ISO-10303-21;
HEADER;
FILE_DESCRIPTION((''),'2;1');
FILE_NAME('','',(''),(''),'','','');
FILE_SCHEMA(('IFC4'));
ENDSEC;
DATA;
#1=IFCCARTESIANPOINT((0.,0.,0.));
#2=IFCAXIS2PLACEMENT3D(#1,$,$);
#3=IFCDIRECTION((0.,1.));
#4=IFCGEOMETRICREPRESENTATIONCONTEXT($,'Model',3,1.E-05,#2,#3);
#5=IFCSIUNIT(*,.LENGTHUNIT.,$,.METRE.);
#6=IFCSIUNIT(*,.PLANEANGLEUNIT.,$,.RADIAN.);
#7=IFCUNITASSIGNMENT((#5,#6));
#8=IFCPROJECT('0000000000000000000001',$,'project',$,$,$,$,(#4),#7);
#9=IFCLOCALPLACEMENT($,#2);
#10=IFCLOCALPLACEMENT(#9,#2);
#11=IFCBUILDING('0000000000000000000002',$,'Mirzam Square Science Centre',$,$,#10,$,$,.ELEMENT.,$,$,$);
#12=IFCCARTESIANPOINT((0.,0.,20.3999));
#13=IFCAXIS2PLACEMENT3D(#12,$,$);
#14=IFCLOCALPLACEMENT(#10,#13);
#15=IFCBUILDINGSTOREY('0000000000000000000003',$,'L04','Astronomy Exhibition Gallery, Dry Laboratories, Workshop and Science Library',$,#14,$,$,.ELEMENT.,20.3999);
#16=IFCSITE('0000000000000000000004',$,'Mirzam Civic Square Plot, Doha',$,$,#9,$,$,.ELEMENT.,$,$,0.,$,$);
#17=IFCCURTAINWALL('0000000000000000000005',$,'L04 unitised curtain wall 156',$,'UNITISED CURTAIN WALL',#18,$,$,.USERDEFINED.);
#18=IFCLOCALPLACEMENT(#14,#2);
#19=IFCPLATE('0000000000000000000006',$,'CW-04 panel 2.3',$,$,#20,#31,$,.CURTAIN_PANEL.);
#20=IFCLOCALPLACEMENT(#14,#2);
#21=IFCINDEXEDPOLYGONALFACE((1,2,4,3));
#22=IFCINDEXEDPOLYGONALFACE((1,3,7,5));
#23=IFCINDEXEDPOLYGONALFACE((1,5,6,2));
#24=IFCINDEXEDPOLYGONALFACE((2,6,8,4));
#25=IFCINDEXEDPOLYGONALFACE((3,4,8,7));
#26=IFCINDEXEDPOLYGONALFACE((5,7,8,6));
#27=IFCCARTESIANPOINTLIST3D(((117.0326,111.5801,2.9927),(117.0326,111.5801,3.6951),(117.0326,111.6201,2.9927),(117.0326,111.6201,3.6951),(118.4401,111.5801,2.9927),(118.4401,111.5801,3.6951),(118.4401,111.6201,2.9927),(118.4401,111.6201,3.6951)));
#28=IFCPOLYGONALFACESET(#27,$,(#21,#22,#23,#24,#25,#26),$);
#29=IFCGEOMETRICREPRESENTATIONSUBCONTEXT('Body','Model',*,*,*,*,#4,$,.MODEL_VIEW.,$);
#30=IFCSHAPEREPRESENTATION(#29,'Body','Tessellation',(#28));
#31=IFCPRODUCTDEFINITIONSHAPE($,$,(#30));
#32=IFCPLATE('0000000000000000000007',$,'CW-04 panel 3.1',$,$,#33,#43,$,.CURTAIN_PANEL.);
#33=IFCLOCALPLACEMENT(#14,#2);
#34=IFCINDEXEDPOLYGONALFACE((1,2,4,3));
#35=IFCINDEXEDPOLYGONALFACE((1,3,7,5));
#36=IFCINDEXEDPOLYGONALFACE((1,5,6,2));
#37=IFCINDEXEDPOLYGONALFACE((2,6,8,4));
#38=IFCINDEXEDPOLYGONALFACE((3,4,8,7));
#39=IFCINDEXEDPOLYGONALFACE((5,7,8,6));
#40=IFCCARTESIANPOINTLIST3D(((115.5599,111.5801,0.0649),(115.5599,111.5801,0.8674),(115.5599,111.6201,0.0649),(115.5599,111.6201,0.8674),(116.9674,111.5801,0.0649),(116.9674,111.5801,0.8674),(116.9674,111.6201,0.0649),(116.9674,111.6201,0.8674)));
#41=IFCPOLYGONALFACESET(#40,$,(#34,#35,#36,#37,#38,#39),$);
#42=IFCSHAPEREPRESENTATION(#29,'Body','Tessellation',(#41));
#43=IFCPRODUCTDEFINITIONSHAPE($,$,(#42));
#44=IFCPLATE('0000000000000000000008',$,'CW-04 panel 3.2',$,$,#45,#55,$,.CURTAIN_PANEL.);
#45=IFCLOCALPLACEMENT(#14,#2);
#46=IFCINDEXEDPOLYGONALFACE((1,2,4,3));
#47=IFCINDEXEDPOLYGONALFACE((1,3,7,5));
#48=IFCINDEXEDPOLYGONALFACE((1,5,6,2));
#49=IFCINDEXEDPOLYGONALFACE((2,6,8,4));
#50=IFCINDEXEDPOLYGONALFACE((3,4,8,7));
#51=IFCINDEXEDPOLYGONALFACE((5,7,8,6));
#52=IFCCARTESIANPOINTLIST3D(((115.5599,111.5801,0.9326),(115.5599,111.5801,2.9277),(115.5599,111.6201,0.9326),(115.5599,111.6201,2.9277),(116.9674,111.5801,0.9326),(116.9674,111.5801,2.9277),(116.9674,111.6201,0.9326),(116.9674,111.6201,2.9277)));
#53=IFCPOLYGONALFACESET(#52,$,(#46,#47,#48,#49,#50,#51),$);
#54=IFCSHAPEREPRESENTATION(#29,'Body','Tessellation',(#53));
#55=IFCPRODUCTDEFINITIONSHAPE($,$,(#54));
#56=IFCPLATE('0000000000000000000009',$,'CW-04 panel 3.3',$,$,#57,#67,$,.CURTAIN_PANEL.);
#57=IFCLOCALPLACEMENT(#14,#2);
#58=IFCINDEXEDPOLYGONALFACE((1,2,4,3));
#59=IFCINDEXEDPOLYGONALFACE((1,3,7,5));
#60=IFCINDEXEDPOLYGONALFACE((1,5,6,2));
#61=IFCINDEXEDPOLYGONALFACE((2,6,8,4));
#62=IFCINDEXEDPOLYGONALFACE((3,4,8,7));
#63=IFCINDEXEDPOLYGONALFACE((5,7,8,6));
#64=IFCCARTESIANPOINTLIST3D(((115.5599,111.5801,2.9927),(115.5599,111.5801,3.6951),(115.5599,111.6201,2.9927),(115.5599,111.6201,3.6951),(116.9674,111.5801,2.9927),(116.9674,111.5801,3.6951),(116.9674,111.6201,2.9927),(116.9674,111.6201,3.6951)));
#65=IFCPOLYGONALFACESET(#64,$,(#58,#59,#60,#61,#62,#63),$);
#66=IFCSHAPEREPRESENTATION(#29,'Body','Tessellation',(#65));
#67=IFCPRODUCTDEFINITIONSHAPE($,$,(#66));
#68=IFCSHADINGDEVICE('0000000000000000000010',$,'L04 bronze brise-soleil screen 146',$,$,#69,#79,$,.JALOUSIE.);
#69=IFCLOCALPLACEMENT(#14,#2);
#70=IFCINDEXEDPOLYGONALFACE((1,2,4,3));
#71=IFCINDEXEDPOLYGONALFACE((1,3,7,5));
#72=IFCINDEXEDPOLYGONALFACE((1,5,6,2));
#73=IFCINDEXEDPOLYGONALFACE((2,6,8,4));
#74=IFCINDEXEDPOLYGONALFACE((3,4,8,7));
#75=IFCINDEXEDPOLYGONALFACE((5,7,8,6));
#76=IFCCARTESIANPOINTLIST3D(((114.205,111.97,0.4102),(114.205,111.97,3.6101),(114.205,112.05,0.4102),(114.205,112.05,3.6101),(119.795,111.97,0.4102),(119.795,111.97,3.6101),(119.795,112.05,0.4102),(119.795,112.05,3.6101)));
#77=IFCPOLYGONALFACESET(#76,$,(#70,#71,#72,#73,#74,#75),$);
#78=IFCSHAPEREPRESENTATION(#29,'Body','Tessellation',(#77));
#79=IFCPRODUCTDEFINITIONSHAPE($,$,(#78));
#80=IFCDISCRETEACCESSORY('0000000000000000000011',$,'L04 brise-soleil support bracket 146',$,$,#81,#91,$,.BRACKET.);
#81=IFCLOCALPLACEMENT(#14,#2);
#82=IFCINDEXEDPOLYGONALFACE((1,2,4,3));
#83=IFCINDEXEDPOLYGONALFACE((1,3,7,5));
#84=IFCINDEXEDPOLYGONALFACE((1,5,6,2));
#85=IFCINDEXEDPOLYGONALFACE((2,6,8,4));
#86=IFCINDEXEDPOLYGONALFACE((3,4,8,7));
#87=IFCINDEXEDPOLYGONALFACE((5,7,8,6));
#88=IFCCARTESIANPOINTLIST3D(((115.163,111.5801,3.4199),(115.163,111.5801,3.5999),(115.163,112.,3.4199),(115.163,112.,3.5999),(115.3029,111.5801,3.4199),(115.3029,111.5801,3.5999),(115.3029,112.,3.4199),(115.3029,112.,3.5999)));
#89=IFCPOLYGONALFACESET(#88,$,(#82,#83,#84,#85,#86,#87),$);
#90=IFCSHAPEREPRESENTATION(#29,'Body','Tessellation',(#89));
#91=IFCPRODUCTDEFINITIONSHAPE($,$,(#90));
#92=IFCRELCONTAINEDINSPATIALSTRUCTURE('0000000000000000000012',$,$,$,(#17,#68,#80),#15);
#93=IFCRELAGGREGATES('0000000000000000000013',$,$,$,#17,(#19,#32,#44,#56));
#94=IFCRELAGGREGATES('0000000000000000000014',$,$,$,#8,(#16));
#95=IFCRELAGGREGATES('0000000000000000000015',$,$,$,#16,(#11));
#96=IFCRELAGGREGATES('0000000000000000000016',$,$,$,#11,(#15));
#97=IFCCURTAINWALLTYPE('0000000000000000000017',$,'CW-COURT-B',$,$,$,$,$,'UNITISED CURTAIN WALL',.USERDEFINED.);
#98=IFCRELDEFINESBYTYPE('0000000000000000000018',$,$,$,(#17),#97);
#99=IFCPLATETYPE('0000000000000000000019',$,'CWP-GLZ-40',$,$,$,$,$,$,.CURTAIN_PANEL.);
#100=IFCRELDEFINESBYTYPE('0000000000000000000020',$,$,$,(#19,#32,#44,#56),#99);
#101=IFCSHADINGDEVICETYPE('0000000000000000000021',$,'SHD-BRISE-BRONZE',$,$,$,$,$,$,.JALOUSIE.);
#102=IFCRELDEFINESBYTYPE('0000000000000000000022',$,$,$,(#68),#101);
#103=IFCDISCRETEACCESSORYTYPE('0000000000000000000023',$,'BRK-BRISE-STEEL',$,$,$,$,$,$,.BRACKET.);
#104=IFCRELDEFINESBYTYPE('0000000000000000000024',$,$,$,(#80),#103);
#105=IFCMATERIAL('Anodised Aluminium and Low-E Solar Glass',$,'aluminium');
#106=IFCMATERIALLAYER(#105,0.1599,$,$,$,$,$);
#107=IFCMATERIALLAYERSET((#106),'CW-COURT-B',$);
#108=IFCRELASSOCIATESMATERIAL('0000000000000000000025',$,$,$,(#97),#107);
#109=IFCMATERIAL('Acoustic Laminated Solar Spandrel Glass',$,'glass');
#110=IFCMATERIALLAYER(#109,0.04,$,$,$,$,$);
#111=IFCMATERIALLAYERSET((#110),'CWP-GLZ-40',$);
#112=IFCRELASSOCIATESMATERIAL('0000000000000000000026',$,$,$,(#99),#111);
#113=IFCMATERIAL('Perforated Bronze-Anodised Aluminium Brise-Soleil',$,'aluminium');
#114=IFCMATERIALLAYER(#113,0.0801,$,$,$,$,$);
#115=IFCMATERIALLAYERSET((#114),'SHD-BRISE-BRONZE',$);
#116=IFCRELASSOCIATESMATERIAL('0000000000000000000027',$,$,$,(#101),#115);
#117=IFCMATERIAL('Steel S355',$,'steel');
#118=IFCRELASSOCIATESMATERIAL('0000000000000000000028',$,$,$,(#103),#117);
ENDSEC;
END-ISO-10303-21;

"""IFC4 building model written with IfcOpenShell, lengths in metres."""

from ifc_helpers import new_model, si_unit, direction, frame, origin, origin_2d, place, context, subcontext, project, spatial, rectangle, extrude, material, layer, layer_set, type_object, element, aggregate, save


model = new_model("IFC4")

# Units and contexts
model_context = context("Model", 3, precision=1e-05, world=origin(), true_north=direction((0.0, 1.0)))
body_context = subcontext(model_context, "Body", "Model", "MODEL_VIEW")
ifc_project = project(units=[si_unit("LENGTHUNIT", "METRE"), si_unit("PLANEANGLEUNIT", "RADIAN")], contexts=[model_context])

# Site, building, storey
site_placement = place(None, origin())
site = spatial("IfcSite", under=ifc_project, at=site_placement, Name="Mirzam Civic Square Plot, Doha", CompositionType="ELEMENT", RefElevation=0.0)
building_placement = place(site_placement, origin())
building = spatial("IfcBuilding", under=site, at=building_placement, Name="Mirzam Square Science Centre", CompositionType="ELEMENT")
storey_placement = place(building_placement, frame((0.0, 0.0, 20.3999)))
storey = spatial("IfcBuildingStorey", under=building, at=storey_placement, Name="L04", Description="Astronomy Exhibition Gallery, Dry Laboratories, Workshop and Science Library", CompositionType="ELEMENT", Elevation=20.3999)

# Curtain wall, plates
ifc_material_1 = material(Name="Anodised Aluminium and Low-E Solar Glass", Category="aluminium")
ifc_layer_1 = layer(ifc_material_1, 0.1599)
ifc_layer_set_1 = layer_set([ifc_layer_1], Name="CW-COURT-B")
curtain_wall_type = type_object("IfcCurtainWallType", Name="CW-COURT-B", ElementType="UNITISED CURTAIN WALL", PredefinedType="USERDEFINED", material=ifc_layer_set_1)
curtain_wall_placement = place(storey_placement, origin())
curtain_wall = element("IfcCurtainWall", 1, at=curtain_wall_placement, inside=storey, type_object=curtain_wall_type, Name="L04 unitised curtain wall 156", ObjectType="UNITISED CURTAIN WALL", PredefinedType="USERDEFINED")
ifc_material_2 = material(Name="Acoustic Laminated Solar Spandrel Glass", Category="glass")
ifc_layer_2 = layer(ifc_material_2, 0.04)
ifc_layer_set_2 = layer_set([ifc_layer_2], Name="CWP-GLZ-40")
plate_type = type_object("IfcPlateType", Name="CWP-GLZ-40", PredefinedType="CURTAIN_PANEL", material=ifc_layer_set_2)
plate_1_placement = place(storey_placement, frame((117.7363, 111.6001, 2.9927), z_axis=(0.0, 0.0, 1.0), x_axis=(-1.0, 0.0, 0.0)))
plate_1 = element("IfcPlate", 2, at=plate_1_placement, type_object=plate_type, Name="CW-04 panel 2.3", PredefinedType="CURTAIN_PANEL", context=body_context, shape_type="SweptSolid", body=[
    extrude(rectangle(XDim=1.4075, YDim=0.04, at=origin_2d()), origin(), (0.0, 0.0, 1.0), 0.7024),
])
plate_2_placement = place(storey_placement, frame((116.2637, 111.6001, 0.0649), z_axis=(0.0, 0.0, 1.0), x_axis=(-1.0, 0.0, 0.0)))
plate_2 = element("IfcPlate", 3, at=plate_2_placement, type_object=plate_type, Name="CW-04 panel 3.1", PredefinedType="CURTAIN_PANEL", context=body_context, shape_type="SweptSolid", body=[
    extrude(rectangle(XDim=1.4075, YDim=0.04, at=origin_2d()), origin(), (0.0, 0.0, 1.0), 0.8025),
])
plate_3_placement = place(storey_placement, frame((116.2637, 111.6001, 0.9326), z_axis=(0.0, 0.0, 1.0), x_axis=(-1.0, 0.0, 0.0)))
plate_3 = element("IfcPlate", 4, at=plate_3_placement, type_object=plate_type, Name="CW-04 panel 3.2", PredefinedType="CURTAIN_PANEL", context=body_context, shape_type="SweptSolid", body=[
    extrude(rectangle(XDim=1.4075, YDim=0.04, at=origin_2d()), origin(), (0.0, 0.0, 1.0), 1.9951),
])
plate_4_placement = place(storey_placement, frame((116.2637, 111.6001, 2.9927), z_axis=(0.0, 0.0, 1.0), x_axis=(-1.0, 0.0, 0.0)))
plate_4 = element("IfcPlate", 5, at=plate_4_placement, type_object=plate_type, Name="CW-04 panel 3.3", PredefinedType="CURTAIN_PANEL", context=body_context, shape_type="SweptSolid", body=[
    extrude(rectangle(XDim=1.4075, YDim=0.04, at=origin_2d()), origin(), (0.0, 0.0, 1.0), 0.7024),
])
aggregate(curtain_wall, [plate_1, plate_2, plate_3, plate_4])

# Shading device
ifc_material_3 = material(Name="Perforated Bronze-Anodised Aluminium Brise-Soleil", Category="aluminium")
ifc_layer_3 = layer(ifc_material_3, 0.0801)
ifc_layer_set_3 = layer_set([ifc_layer_3], Name="SHD-BRISE-BRONZE")
shading_device_type = type_object("IfcShadingDeviceType", Name="SHD-BRISE-BRONZE", PredefinedType="JALOUSIE", material=ifc_layer_set_3)
shading_device_placement = place(storey_placement, frame((117.0, 112.01, 0.4102), z_axis=(0.0, 0.0, 1.0), x_axis=(-1.0, 0.0, 0.0)))
element("IfcShadingDevice", 6, at=shading_device_placement, inside=storey, type_object=shading_device_type, Name="L04 bronze brise-soleil screen 146", PredefinedType="JALOUSIE", context=body_context, shape_type="SweptSolid", body=[
    extrude(rectangle(XDim=5.5901, YDim=0.0801, at=origin_2d()), origin(), (0.0, 0.0, 1.0), 3.2),
])

# Discrete accessory
ifc_material_4 = material(Name="Steel S355", Category="steel")
discrete_accessory_type = type_object("IfcDiscreteAccessoryType", Name="BRK-BRISE-STEEL", PredefinedType="BRACKET", material=ifc_material_4)
discrete_accessory_placement = place(storey_placement, frame((115.2329, 111.79, 3.4199), z_axis=(0.0, 0.0, 1.0), x_axis=(-1.0, 0.0, 0.0)))
element("IfcDiscreteAccessory", 7, at=discrete_accessory_placement, inside=storey, type_object=discrete_accessory_type, Name="L04 brise-soleil support bracket 146", PredefinedType="BRACKET", context=body_context, shape_type="SweptSolid", body=[
    extrude(rectangle(XDim=0.1399, YDim=0.4199, at=origin_2d()), origin(), (0.0, 0.0, 1.0), 0.1799),
])

save(model, "model.ifc")
